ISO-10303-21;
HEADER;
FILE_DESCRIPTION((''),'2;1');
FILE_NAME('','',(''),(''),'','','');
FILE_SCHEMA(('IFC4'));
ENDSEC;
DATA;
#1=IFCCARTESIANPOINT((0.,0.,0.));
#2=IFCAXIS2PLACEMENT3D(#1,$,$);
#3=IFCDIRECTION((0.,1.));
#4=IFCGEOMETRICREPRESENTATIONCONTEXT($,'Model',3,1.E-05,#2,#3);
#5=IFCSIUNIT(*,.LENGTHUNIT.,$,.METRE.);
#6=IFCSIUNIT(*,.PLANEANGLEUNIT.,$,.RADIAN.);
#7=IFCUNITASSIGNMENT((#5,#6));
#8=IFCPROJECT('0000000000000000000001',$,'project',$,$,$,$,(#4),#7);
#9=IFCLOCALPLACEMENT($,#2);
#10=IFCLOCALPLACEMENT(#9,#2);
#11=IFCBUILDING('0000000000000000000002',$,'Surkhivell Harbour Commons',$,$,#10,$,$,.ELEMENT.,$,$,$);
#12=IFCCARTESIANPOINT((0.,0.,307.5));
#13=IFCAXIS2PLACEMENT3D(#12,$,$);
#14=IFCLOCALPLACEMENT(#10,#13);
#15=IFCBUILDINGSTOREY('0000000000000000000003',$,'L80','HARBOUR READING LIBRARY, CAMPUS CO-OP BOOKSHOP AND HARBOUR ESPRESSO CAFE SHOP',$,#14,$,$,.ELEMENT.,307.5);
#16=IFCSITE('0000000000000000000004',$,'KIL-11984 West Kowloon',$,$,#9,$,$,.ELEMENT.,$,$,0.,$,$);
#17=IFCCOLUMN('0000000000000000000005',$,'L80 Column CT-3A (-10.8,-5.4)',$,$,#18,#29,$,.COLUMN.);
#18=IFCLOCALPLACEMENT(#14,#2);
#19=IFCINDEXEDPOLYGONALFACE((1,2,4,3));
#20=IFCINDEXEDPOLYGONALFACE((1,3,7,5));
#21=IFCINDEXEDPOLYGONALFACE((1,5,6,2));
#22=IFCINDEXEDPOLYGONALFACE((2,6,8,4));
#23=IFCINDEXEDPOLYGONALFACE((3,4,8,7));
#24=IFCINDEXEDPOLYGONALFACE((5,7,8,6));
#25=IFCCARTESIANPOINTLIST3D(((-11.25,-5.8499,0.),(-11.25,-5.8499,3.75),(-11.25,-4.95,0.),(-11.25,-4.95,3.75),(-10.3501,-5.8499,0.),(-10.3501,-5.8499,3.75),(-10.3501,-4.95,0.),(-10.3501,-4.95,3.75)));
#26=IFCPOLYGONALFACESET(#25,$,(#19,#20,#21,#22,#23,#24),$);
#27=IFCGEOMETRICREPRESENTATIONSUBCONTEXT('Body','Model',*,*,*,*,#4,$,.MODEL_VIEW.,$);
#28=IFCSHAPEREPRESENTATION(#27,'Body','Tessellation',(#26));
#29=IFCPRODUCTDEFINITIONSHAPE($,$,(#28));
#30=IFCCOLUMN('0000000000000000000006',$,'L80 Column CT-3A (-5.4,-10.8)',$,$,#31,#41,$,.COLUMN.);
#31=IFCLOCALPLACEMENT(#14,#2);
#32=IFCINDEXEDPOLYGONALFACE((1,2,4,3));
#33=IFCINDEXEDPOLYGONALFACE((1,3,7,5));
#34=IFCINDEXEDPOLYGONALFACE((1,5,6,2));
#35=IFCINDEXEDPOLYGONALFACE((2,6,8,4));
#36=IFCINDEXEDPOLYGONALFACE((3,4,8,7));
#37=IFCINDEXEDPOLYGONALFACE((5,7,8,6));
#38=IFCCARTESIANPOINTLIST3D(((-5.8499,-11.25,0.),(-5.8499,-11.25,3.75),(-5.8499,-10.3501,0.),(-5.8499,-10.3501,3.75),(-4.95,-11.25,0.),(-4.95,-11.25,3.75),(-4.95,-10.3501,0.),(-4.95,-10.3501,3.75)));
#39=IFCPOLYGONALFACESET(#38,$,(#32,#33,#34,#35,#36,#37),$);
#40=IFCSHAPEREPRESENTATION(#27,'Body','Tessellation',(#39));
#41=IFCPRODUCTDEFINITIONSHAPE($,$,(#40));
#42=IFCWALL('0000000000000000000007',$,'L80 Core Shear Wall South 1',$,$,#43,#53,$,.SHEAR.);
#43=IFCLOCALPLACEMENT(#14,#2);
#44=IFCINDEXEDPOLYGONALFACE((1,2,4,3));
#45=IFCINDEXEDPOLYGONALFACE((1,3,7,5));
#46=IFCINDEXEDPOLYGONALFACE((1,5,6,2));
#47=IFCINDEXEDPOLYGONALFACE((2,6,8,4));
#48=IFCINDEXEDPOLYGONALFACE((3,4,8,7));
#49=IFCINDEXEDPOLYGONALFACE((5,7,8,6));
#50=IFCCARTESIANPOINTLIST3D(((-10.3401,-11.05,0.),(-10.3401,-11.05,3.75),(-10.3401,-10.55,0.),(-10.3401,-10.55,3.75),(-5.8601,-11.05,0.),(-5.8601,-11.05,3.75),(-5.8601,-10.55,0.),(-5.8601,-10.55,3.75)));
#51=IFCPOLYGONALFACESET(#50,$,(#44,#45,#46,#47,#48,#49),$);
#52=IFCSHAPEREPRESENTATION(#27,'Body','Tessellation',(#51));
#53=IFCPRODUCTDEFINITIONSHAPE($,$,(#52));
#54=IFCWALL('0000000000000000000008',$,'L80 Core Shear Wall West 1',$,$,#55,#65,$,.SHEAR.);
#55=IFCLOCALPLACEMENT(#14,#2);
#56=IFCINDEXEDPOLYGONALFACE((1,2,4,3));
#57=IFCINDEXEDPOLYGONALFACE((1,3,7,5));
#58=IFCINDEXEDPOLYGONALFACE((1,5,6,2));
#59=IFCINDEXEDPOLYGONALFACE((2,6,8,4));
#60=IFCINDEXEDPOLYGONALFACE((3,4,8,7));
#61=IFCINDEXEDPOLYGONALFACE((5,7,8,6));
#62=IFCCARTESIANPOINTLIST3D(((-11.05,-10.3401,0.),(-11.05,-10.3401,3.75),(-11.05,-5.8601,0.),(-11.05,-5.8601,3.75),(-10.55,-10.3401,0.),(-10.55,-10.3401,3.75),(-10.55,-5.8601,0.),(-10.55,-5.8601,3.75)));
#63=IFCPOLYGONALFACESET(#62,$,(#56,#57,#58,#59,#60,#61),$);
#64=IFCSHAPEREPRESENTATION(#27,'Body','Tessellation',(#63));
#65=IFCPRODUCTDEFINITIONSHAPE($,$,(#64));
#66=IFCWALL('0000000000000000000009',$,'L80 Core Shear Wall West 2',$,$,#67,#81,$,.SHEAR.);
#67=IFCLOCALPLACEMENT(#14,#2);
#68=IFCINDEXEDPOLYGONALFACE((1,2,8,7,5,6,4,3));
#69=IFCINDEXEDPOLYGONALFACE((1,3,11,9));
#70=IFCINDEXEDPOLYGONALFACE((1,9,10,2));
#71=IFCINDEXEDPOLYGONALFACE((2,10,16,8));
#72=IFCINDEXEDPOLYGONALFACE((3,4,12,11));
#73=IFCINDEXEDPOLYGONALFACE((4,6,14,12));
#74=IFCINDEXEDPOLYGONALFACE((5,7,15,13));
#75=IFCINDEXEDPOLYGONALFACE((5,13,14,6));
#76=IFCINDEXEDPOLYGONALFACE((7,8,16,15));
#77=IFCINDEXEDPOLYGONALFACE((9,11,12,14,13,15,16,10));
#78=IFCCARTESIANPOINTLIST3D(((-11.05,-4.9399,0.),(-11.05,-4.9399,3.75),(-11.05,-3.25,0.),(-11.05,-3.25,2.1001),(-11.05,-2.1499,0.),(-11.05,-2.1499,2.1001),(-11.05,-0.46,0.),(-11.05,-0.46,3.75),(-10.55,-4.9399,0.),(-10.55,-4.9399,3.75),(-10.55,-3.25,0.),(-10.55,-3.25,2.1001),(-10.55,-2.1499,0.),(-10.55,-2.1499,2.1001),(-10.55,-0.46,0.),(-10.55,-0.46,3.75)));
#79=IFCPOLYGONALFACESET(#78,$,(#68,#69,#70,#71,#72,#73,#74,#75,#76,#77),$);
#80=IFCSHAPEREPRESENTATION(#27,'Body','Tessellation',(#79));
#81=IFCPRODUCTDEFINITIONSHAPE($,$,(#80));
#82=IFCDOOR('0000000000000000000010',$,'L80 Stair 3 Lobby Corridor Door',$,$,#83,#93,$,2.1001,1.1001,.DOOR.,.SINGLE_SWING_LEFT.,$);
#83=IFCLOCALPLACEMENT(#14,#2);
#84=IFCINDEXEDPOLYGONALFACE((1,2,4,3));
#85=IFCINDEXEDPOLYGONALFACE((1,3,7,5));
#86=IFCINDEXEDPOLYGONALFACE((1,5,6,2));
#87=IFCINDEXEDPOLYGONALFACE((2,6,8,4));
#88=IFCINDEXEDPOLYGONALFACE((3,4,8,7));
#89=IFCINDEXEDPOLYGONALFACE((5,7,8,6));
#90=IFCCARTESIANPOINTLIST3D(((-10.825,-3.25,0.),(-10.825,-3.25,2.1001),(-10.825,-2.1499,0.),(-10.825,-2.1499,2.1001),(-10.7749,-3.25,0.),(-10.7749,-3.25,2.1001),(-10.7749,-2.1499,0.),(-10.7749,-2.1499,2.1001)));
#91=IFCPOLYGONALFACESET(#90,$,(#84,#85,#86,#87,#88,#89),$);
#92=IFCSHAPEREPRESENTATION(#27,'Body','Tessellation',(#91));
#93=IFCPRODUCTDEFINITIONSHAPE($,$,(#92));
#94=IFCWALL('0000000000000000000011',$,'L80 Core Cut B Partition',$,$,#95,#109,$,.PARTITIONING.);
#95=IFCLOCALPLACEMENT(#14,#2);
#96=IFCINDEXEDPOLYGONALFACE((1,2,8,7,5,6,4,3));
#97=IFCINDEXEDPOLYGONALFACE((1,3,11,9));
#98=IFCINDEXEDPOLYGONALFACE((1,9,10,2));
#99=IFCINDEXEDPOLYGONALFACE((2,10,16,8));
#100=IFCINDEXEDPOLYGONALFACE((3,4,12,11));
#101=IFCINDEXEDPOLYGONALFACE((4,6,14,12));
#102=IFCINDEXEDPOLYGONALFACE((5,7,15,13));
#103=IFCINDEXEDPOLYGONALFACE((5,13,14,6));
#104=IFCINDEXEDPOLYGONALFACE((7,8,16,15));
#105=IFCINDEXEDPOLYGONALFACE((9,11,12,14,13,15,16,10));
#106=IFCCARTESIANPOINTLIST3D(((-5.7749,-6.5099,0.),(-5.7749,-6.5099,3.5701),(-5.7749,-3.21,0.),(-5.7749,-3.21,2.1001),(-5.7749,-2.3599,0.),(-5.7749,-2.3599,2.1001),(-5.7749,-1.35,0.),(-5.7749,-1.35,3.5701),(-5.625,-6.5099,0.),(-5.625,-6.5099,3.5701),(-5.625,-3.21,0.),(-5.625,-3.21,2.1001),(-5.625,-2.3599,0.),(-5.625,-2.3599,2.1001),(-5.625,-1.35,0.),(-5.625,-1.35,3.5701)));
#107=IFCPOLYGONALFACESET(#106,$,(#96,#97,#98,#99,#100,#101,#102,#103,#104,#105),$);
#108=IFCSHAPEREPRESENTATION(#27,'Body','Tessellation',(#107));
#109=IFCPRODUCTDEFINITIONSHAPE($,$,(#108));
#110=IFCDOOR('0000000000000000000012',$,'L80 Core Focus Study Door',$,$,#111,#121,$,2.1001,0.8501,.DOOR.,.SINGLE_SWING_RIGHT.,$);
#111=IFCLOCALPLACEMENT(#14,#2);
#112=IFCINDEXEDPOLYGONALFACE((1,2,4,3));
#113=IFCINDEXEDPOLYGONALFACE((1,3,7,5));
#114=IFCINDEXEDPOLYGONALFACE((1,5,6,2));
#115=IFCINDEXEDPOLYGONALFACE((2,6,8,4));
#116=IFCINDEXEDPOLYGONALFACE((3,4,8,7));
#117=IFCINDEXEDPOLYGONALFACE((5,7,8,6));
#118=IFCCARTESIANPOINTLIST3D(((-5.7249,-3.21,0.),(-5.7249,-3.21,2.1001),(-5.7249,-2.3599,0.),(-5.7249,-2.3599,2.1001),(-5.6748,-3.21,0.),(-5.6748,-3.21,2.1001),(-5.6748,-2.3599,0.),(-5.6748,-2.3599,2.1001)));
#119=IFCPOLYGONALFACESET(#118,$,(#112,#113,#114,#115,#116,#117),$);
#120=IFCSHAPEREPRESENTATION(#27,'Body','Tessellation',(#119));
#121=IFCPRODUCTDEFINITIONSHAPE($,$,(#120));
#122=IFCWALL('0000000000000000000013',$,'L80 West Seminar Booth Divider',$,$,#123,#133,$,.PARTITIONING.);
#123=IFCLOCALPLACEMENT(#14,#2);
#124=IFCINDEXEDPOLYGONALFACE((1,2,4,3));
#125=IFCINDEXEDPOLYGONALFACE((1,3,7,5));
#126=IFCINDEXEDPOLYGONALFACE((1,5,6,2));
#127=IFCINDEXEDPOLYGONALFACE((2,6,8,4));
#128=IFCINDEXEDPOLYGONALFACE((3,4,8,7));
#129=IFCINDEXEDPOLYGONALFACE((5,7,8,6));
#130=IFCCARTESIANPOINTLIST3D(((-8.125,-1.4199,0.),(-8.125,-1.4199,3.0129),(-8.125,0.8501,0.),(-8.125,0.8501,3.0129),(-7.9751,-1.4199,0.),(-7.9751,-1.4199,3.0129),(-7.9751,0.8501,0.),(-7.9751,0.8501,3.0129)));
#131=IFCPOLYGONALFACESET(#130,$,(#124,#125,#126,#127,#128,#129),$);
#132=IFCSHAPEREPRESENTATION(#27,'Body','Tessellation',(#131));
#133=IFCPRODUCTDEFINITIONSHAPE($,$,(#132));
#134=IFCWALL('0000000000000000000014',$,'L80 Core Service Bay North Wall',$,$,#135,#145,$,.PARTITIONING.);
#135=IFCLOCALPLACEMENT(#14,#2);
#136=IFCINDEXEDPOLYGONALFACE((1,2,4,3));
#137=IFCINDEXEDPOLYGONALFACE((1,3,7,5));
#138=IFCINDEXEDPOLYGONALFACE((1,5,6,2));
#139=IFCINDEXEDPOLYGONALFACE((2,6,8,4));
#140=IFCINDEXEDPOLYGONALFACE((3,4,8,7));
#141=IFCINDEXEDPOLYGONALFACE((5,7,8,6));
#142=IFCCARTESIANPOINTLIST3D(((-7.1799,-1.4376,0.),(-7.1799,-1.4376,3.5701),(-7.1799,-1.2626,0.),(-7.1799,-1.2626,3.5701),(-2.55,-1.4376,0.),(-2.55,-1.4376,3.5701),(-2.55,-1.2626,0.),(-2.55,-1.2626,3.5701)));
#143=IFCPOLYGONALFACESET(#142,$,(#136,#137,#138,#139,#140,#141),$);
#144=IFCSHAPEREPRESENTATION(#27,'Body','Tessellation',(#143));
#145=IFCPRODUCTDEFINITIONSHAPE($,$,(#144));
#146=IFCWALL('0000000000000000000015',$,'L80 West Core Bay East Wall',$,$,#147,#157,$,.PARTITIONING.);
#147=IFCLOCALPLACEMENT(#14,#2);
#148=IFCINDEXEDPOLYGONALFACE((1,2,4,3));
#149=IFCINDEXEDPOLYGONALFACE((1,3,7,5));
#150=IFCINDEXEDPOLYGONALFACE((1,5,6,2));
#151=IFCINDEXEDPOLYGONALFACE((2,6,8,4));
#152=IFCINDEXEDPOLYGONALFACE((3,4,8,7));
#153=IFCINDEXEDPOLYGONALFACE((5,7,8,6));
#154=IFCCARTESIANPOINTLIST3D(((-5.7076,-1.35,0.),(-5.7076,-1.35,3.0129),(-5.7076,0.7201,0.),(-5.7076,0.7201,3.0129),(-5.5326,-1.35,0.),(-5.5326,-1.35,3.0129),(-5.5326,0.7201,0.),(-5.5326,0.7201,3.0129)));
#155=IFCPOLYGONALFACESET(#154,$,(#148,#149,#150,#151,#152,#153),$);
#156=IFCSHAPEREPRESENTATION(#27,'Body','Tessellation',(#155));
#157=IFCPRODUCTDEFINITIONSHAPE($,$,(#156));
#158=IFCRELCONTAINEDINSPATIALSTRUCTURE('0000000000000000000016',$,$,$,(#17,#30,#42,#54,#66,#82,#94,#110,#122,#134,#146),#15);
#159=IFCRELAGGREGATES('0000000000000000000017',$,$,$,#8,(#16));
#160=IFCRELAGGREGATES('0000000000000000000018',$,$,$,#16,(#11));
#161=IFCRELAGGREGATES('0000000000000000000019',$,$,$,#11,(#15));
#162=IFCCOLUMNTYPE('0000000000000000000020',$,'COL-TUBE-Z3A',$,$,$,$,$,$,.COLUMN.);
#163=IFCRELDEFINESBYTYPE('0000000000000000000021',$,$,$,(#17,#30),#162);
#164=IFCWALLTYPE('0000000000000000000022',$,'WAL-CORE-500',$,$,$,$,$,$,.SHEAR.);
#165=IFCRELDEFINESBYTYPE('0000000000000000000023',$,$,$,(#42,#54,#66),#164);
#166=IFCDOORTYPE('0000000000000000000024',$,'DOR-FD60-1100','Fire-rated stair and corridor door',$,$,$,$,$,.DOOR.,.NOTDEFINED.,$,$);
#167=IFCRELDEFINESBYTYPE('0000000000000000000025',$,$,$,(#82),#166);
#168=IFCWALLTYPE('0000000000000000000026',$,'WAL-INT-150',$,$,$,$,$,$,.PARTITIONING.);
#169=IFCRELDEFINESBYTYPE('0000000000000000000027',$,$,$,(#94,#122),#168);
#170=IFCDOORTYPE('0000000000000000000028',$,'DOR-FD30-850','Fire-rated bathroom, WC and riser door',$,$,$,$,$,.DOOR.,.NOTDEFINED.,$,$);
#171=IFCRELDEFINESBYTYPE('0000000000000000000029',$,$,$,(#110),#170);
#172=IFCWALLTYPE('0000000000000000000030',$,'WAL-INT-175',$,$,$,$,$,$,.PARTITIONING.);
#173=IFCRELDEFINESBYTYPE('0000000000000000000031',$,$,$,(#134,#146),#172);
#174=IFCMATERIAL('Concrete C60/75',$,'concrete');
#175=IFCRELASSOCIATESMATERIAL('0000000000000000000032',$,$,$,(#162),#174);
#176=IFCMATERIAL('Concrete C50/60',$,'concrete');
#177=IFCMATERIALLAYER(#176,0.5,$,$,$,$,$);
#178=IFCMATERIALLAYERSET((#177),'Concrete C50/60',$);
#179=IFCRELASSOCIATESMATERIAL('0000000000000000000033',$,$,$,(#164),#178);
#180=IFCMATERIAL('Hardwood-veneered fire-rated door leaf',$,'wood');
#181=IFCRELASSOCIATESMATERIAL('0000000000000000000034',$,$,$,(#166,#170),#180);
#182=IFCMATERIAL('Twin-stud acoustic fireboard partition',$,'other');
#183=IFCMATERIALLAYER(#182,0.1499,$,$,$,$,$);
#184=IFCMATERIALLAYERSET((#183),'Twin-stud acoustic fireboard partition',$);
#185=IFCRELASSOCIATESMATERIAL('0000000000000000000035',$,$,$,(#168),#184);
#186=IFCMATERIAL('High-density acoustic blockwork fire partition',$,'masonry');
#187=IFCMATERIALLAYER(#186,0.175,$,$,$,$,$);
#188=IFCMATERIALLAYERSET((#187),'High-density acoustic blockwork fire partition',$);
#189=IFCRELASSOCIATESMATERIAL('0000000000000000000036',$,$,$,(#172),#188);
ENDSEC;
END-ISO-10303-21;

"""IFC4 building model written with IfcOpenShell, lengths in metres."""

from ifc_helpers import new_model, si_unit, direction, frame, frame_2d, origin, origin_2d, place, context, subcontext, project, spatial, rectangle, extrude, material, layer, layer_set, material_profile, profile_set, type_object, element, fill, save


model = new_model("IFC4")

# Units and contexts
model_context = context("Model", 3, precision=1e-05, world=origin(), true_north=direction((0.0, 1.0)))
body_context = subcontext(model_context, "Body", "Model", "MODEL_VIEW")
ifc_project = project(units=[si_unit("LENGTHUNIT", "METRE"), si_unit("PLANEANGLEUNIT", "RADIAN")], contexts=[model_context])

# Site, building, storey
site_placement = place(None, origin())
site = spatial("IfcSite", under=ifc_project, at=site_placement, Name="KIL-11984 West Kowloon", CompositionType="ELEMENT", RefElevation=0.0)
building_placement = place(site_placement, origin())
building = spatial("IfcBuilding", under=site, at=building_placement, Name="Surkhivell Harbour Commons", CompositionType="ELEMENT")
storey_placement = place(building_placement, frame((0.0, 0.0, 307.5)))
storey = spatial("IfcBuildingStorey", under=building, at=storey_placement, Name="L80", Description="HARBOUR READING LIBRARY, CAMPUS CO-OP BOOKSHOP AND HARBOUR ESPRESSO CAFE SHOP", CompositionType="ELEMENT", Elevation=307.5)

# Columns
ifc_material_1 = material(Name="Concrete C60/75", Category="concrete")
ifc_material_profile = material_profile(ifc_material_1, rectangle(XDim=0.8999, YDim=0.8999, at=origin_2d()), Name="RC-COL-900x900")
ifc_profile_set = profile_set([ifc_material_profile], Name="Concrete C60/75")
column_type = type_object("IfcColumnType", Name="COL-TUBE-Z3A", PredefinedType="COLUMN", material=ifc_profile_set)
for number, where, z_axis, x_axis, name in (
    (1, (-10.8, -5.3999, 0.0), (0.0, 0.0, 1.0), (1.0, 0.0, 0.0), "L80 Column CT-3A (-10.8,-5.4)"),
    (2, (-5.3999, -10.8, 0.0), (0.0, 0.0, 1.0), (1.0, 0.0, 0.0), "L80 Column CT-3A (-5.4,-10.8)"),
):
    element("IfcColumn", number, at=place(storey_placement, frame(where, z_axis=z_axis, x_axis=x_axis)), inside=storey, type_object=column_type, Name=name, PredefinedType="COLUMN", context=body_context, shape_type="SweptSolid", body=[
        extrude(rectangle(XDim=0.8999, YDim=0.8999, at=origin_2d()), origin(), (0.0, 0.0, 1.0), 3.75),
    ])

# Walls
ifc_material_2 = material(Name="Concrete C50/60", Category="concrete")
ifc_layer_1 = layer(ifc_material_2, 0.5)
ifc_layer_set_1 = layer_set([ifc_layer_1], Name="Concrete C50/60")
wall_type_1 = type_object("IfcWallType", Name="WAL-CORE-500", PredefinedType="SHEAR", material=ifc_layer_set_1)
for number, where, z_axis, x_axis, name in (
    (3, (-10.3401, -10.8, 0.0), (0.0, 0.0, 1.0), (1.0, 0.0, 0.0), "L80 Core Shear Wall South 1"),
    (4, (-10.8, -10.3401, 0.0), (0.0, 0.0, 1.0), (0.0, 1.0, 0.0), "L80 Core Shear Wall West 1"),
):
    element("IfcWall", number, at=place(storey_placement, frame(where, z_axis=z_axis, x_axis=x_axis)), inside=storey, type_object=wall_type_1, Name=name, PredefinedType="SHEAR", context=body_context, shape_type="SweptSolid", body=[
        extrude(rectangle(XDim=4.48, YDim=0.5, at=frame_2d((2.24, 0.0))), origin(), (0.0, 0.0, 1.0), 3.75),
    ])

# Walls, openings, doors
wall_1_placement = place(storey_placement, frame((-10.8, -4.9399, 0.0), z_axis=(0.0, 0.0, 1.0), x_axis=(0.0, 1.0, 0.0)))
wall_1 = element("IfcWall", 5, at=wall_1_placement, inside=storey, type_object=wall_type_1, Name="L80 Core Shear Wall West 2", PredefinedType="SHEAR", context=body_context, shape_type="SweptSolid", body=[
    extrude(rectangle(XDim=4.48, YDim=0.5, at=frame_2d((2.24, 0.0))), origin(), (0.0, 0.0, 1.0), 3.75),
])
opening_1_placement = place(wall_1_placement, frame((1.6899, 0.0, 0.0)))
opening_1 = element("IfcOpeningElement", 6, at=opening_1_placement, cuts=wall_1, PredefinedType="OPENING", context=body_context, shape_type="SweptSolid", body=[
    extrude(rectangle(XDim=1.1001, YDim=2.1001, at=frame_2d((0.55, 1.05))), frame((0.0, 0.26, 0.0), z_axis=(0.0, -1.0, 0.0), x_axis=(1.0, 0.0, 0.0)), (0.0, 0.0, 1.0), 0.52),
])
ifc_material_3 = material(Name="Hardwood-veneered fire-rated door leaf", Category="wood")
door_type_1 = type_object("IfcDoorType", Name="DOR-FD60-1100", Description="Fire-rated stair and corridor door", OperationType="NOTDEFINED", PredefinedType="DOOR", material=ifc_material_3)
door_1_placement = place(opening_1_placement, origin())
door_1 = element("IfcDoor", 7, at=door_1_placement, inside=storey, type_object=door_type_1, Name="L80 Stair 3 Lobby Corridor Door", OperationType="SINGLE_SWING_LEFT", OverallHeight=2.1001, OverallWidth=1.1001, PredefinedType="DOOR", context=body_context, shape_type="SweptSolid", body=[
    extrude(rectangle(XDim=1.1001, YDim=2.1001, at=frame_2d((0.55, 1.05))), frame((0.0, 0.0249, 0.0), z_axis=(0.0, -1.0, 0.0), x_axis=(1.0, 0.0, 0.0)), (0.0, 0.0, 1.0), 0.05),
])
fill(opening_1, door_1)
ifc_material_4 = material(Name="Twin-stud acoustic fireboard partition", Category="other")
ifc_layer_2 = layer(ifc_material_4, 0.1499)
ifc_layer_set_2 = layer_set([ifc_layer_2], Name="Twin-stud acoustic fireboard partition")
wall_type_2 = type_object("IfcWallType", Name="WAL-INT-150", PredefinedType="PARTITIONING", material=ifc_layer_set_2)
wall_2_placement = place(storey_placement, frame((-5.7, -6.51, 0.0), z_axis=(0.0, 0.0, 1.0), x_axis=(0.0, 1.0, 0.0)))
wall_2 = element("IfcWall", 8, at=wall_2_placement, inside=storey, type_object=wall_type_2, Name="L80 Core Cut B Partition", PredefinedType="PARTITIONING", context=body_context, shape_type="SweptSolid", body=[
    extrude(rectangle(XDim=5.1599, YDim=0.1499, at=frame_2d((2.5801, 0.0))), origin(), (0.0, 0.0, 1.0), 3.5701),
])
opening_2_placement = place(wall_2_placement, frame((3.3, 0.0, 0.0)))
opening_2 = element("IfcOpeningElement", 9, at=opening_2_placement, cuts=wall_2, PredefinedType="OPENING", context=body_context, shape_type="SweptSolid", body=[
    extrude(rectangle(XDim=0.8501, YDim=2.1001, at=frame_2d((0.425, 1.05))), frame((0.0, 0.085, 0.0), z_axis=(0.0, -1.0, 0.0), x_axis=(1.0, 0.0, 0.0)), (0.0, 0.0, 1.0), 0.1699),
])
door_type_2 = type_object("IfcDoorType", Name="DOR-FD30-850", Description="Fire-rated bathroom, WC and riser door", OperationType="NOTDEFINED", PredefinedType="DOOR", material=ifc_material_3)
door_2_placement = place(opening_2_placement, origin())
door_2 = element("IfcDoor", 10, at=door_2_placement, inside=storey, type_object=door_type_2, Name="L80 Core Focus Study Door", OperationType="SINGLE_SWING_RIGHT", OverallHeight=2.1001, OverallWidth=0.8501, PredefinedType="DOOR", context=body_context, shape_type="SweptSolid", body=[
    extrude(rectangle(XDim=0.8501, YDim=2.1001, at=frame_2d((0.425, 1.05))), frame((0.0, 0.0249, 0.0), z_axis=(0.0, -1.0, 0.0), x_axis=(1.0, 0.0, 0.0)), (0.0, 0.0, 1.0), 0.05),
])
fill(opening_2, door_2)

# Walls
wall_3_placement = place(storey_placement, frame((-8.05, -1.4199, 0.0), z_axis=(0.0, 0.0, 1.0), x_axis=(0.0, 1.0, 0.0)))
element("IfcWall", 11, at=wall_3_placement, inside=storey, type_object=wall_type_2, Name="L80 West Seminar Booth Divider", PredefinedType="PARTITIONING", context=body_context, shape_type="SweptSolid", body=[
    extrude(rectangle(XDim=2.27, YDim=0.1499, at=frame_2d((1.135, 0.0))), origin(), (0.0, 0.0, 1.0), 3.0129),
])
ifc_material_5 = material(Name="High-density acoustic blockwork fire partition", Category="masonry")
ifc_layer_3 = layer(ifc_material_5, 0.175)
ifc_layer_set_3 = layer_set([ifc_layer_3], Name="High-density acoustic blockwork fire partition")
wall_type_3 = type_object("IfcWallType", Name="WAL-INT-175", PredefinedType="PARTITIONING", material=ifc_layer_set_3)
wall_4_placement = place(storey_placement, frame((-7.1799, -1.3501, 0.0), z_axis=(0.0, 0.0, 1.0), x_axis=(1.0, 0.0, 0.0)))
element("IfcWall", 12, at=wall_4_placement, inside=storey, type_object=wall_type_3, Name="L80 Core Service Bay North Wall", PredefinedType="PARTITIONING", context=body_context, shape_type="SweptSolid", body=[
    extrude(rectangle(XDim=4.6299, YDim=0.175, at=frame_2d((2.3149, 0.0))), origin(), (0.0, 0.0, 1.0), 3.5701),
])
wall_5_placement = place(storey_placement, frame((-5.6201, -1.3501, 0.0), z_axis=(0.0, 0.0, 1.0), x_axis=(0.0, 1.0, 0.0)))
element("IfcWall", 13, at=wall_5_placement, inside=storey, type_object=wall_type_3, Name="L80 West Core Bay East Wall", PredefinedType="PARTITIONING", context=body_context, shape_type="SweptSolid", body=[
    extrude(rectangle(XDim=2.0701, YDim=0.175, at=frame_2d((1.0352, 0.0))), origin(), (0.0, 0.0, 1.0), 3.0129),
])

save(model, "model.ifc")
